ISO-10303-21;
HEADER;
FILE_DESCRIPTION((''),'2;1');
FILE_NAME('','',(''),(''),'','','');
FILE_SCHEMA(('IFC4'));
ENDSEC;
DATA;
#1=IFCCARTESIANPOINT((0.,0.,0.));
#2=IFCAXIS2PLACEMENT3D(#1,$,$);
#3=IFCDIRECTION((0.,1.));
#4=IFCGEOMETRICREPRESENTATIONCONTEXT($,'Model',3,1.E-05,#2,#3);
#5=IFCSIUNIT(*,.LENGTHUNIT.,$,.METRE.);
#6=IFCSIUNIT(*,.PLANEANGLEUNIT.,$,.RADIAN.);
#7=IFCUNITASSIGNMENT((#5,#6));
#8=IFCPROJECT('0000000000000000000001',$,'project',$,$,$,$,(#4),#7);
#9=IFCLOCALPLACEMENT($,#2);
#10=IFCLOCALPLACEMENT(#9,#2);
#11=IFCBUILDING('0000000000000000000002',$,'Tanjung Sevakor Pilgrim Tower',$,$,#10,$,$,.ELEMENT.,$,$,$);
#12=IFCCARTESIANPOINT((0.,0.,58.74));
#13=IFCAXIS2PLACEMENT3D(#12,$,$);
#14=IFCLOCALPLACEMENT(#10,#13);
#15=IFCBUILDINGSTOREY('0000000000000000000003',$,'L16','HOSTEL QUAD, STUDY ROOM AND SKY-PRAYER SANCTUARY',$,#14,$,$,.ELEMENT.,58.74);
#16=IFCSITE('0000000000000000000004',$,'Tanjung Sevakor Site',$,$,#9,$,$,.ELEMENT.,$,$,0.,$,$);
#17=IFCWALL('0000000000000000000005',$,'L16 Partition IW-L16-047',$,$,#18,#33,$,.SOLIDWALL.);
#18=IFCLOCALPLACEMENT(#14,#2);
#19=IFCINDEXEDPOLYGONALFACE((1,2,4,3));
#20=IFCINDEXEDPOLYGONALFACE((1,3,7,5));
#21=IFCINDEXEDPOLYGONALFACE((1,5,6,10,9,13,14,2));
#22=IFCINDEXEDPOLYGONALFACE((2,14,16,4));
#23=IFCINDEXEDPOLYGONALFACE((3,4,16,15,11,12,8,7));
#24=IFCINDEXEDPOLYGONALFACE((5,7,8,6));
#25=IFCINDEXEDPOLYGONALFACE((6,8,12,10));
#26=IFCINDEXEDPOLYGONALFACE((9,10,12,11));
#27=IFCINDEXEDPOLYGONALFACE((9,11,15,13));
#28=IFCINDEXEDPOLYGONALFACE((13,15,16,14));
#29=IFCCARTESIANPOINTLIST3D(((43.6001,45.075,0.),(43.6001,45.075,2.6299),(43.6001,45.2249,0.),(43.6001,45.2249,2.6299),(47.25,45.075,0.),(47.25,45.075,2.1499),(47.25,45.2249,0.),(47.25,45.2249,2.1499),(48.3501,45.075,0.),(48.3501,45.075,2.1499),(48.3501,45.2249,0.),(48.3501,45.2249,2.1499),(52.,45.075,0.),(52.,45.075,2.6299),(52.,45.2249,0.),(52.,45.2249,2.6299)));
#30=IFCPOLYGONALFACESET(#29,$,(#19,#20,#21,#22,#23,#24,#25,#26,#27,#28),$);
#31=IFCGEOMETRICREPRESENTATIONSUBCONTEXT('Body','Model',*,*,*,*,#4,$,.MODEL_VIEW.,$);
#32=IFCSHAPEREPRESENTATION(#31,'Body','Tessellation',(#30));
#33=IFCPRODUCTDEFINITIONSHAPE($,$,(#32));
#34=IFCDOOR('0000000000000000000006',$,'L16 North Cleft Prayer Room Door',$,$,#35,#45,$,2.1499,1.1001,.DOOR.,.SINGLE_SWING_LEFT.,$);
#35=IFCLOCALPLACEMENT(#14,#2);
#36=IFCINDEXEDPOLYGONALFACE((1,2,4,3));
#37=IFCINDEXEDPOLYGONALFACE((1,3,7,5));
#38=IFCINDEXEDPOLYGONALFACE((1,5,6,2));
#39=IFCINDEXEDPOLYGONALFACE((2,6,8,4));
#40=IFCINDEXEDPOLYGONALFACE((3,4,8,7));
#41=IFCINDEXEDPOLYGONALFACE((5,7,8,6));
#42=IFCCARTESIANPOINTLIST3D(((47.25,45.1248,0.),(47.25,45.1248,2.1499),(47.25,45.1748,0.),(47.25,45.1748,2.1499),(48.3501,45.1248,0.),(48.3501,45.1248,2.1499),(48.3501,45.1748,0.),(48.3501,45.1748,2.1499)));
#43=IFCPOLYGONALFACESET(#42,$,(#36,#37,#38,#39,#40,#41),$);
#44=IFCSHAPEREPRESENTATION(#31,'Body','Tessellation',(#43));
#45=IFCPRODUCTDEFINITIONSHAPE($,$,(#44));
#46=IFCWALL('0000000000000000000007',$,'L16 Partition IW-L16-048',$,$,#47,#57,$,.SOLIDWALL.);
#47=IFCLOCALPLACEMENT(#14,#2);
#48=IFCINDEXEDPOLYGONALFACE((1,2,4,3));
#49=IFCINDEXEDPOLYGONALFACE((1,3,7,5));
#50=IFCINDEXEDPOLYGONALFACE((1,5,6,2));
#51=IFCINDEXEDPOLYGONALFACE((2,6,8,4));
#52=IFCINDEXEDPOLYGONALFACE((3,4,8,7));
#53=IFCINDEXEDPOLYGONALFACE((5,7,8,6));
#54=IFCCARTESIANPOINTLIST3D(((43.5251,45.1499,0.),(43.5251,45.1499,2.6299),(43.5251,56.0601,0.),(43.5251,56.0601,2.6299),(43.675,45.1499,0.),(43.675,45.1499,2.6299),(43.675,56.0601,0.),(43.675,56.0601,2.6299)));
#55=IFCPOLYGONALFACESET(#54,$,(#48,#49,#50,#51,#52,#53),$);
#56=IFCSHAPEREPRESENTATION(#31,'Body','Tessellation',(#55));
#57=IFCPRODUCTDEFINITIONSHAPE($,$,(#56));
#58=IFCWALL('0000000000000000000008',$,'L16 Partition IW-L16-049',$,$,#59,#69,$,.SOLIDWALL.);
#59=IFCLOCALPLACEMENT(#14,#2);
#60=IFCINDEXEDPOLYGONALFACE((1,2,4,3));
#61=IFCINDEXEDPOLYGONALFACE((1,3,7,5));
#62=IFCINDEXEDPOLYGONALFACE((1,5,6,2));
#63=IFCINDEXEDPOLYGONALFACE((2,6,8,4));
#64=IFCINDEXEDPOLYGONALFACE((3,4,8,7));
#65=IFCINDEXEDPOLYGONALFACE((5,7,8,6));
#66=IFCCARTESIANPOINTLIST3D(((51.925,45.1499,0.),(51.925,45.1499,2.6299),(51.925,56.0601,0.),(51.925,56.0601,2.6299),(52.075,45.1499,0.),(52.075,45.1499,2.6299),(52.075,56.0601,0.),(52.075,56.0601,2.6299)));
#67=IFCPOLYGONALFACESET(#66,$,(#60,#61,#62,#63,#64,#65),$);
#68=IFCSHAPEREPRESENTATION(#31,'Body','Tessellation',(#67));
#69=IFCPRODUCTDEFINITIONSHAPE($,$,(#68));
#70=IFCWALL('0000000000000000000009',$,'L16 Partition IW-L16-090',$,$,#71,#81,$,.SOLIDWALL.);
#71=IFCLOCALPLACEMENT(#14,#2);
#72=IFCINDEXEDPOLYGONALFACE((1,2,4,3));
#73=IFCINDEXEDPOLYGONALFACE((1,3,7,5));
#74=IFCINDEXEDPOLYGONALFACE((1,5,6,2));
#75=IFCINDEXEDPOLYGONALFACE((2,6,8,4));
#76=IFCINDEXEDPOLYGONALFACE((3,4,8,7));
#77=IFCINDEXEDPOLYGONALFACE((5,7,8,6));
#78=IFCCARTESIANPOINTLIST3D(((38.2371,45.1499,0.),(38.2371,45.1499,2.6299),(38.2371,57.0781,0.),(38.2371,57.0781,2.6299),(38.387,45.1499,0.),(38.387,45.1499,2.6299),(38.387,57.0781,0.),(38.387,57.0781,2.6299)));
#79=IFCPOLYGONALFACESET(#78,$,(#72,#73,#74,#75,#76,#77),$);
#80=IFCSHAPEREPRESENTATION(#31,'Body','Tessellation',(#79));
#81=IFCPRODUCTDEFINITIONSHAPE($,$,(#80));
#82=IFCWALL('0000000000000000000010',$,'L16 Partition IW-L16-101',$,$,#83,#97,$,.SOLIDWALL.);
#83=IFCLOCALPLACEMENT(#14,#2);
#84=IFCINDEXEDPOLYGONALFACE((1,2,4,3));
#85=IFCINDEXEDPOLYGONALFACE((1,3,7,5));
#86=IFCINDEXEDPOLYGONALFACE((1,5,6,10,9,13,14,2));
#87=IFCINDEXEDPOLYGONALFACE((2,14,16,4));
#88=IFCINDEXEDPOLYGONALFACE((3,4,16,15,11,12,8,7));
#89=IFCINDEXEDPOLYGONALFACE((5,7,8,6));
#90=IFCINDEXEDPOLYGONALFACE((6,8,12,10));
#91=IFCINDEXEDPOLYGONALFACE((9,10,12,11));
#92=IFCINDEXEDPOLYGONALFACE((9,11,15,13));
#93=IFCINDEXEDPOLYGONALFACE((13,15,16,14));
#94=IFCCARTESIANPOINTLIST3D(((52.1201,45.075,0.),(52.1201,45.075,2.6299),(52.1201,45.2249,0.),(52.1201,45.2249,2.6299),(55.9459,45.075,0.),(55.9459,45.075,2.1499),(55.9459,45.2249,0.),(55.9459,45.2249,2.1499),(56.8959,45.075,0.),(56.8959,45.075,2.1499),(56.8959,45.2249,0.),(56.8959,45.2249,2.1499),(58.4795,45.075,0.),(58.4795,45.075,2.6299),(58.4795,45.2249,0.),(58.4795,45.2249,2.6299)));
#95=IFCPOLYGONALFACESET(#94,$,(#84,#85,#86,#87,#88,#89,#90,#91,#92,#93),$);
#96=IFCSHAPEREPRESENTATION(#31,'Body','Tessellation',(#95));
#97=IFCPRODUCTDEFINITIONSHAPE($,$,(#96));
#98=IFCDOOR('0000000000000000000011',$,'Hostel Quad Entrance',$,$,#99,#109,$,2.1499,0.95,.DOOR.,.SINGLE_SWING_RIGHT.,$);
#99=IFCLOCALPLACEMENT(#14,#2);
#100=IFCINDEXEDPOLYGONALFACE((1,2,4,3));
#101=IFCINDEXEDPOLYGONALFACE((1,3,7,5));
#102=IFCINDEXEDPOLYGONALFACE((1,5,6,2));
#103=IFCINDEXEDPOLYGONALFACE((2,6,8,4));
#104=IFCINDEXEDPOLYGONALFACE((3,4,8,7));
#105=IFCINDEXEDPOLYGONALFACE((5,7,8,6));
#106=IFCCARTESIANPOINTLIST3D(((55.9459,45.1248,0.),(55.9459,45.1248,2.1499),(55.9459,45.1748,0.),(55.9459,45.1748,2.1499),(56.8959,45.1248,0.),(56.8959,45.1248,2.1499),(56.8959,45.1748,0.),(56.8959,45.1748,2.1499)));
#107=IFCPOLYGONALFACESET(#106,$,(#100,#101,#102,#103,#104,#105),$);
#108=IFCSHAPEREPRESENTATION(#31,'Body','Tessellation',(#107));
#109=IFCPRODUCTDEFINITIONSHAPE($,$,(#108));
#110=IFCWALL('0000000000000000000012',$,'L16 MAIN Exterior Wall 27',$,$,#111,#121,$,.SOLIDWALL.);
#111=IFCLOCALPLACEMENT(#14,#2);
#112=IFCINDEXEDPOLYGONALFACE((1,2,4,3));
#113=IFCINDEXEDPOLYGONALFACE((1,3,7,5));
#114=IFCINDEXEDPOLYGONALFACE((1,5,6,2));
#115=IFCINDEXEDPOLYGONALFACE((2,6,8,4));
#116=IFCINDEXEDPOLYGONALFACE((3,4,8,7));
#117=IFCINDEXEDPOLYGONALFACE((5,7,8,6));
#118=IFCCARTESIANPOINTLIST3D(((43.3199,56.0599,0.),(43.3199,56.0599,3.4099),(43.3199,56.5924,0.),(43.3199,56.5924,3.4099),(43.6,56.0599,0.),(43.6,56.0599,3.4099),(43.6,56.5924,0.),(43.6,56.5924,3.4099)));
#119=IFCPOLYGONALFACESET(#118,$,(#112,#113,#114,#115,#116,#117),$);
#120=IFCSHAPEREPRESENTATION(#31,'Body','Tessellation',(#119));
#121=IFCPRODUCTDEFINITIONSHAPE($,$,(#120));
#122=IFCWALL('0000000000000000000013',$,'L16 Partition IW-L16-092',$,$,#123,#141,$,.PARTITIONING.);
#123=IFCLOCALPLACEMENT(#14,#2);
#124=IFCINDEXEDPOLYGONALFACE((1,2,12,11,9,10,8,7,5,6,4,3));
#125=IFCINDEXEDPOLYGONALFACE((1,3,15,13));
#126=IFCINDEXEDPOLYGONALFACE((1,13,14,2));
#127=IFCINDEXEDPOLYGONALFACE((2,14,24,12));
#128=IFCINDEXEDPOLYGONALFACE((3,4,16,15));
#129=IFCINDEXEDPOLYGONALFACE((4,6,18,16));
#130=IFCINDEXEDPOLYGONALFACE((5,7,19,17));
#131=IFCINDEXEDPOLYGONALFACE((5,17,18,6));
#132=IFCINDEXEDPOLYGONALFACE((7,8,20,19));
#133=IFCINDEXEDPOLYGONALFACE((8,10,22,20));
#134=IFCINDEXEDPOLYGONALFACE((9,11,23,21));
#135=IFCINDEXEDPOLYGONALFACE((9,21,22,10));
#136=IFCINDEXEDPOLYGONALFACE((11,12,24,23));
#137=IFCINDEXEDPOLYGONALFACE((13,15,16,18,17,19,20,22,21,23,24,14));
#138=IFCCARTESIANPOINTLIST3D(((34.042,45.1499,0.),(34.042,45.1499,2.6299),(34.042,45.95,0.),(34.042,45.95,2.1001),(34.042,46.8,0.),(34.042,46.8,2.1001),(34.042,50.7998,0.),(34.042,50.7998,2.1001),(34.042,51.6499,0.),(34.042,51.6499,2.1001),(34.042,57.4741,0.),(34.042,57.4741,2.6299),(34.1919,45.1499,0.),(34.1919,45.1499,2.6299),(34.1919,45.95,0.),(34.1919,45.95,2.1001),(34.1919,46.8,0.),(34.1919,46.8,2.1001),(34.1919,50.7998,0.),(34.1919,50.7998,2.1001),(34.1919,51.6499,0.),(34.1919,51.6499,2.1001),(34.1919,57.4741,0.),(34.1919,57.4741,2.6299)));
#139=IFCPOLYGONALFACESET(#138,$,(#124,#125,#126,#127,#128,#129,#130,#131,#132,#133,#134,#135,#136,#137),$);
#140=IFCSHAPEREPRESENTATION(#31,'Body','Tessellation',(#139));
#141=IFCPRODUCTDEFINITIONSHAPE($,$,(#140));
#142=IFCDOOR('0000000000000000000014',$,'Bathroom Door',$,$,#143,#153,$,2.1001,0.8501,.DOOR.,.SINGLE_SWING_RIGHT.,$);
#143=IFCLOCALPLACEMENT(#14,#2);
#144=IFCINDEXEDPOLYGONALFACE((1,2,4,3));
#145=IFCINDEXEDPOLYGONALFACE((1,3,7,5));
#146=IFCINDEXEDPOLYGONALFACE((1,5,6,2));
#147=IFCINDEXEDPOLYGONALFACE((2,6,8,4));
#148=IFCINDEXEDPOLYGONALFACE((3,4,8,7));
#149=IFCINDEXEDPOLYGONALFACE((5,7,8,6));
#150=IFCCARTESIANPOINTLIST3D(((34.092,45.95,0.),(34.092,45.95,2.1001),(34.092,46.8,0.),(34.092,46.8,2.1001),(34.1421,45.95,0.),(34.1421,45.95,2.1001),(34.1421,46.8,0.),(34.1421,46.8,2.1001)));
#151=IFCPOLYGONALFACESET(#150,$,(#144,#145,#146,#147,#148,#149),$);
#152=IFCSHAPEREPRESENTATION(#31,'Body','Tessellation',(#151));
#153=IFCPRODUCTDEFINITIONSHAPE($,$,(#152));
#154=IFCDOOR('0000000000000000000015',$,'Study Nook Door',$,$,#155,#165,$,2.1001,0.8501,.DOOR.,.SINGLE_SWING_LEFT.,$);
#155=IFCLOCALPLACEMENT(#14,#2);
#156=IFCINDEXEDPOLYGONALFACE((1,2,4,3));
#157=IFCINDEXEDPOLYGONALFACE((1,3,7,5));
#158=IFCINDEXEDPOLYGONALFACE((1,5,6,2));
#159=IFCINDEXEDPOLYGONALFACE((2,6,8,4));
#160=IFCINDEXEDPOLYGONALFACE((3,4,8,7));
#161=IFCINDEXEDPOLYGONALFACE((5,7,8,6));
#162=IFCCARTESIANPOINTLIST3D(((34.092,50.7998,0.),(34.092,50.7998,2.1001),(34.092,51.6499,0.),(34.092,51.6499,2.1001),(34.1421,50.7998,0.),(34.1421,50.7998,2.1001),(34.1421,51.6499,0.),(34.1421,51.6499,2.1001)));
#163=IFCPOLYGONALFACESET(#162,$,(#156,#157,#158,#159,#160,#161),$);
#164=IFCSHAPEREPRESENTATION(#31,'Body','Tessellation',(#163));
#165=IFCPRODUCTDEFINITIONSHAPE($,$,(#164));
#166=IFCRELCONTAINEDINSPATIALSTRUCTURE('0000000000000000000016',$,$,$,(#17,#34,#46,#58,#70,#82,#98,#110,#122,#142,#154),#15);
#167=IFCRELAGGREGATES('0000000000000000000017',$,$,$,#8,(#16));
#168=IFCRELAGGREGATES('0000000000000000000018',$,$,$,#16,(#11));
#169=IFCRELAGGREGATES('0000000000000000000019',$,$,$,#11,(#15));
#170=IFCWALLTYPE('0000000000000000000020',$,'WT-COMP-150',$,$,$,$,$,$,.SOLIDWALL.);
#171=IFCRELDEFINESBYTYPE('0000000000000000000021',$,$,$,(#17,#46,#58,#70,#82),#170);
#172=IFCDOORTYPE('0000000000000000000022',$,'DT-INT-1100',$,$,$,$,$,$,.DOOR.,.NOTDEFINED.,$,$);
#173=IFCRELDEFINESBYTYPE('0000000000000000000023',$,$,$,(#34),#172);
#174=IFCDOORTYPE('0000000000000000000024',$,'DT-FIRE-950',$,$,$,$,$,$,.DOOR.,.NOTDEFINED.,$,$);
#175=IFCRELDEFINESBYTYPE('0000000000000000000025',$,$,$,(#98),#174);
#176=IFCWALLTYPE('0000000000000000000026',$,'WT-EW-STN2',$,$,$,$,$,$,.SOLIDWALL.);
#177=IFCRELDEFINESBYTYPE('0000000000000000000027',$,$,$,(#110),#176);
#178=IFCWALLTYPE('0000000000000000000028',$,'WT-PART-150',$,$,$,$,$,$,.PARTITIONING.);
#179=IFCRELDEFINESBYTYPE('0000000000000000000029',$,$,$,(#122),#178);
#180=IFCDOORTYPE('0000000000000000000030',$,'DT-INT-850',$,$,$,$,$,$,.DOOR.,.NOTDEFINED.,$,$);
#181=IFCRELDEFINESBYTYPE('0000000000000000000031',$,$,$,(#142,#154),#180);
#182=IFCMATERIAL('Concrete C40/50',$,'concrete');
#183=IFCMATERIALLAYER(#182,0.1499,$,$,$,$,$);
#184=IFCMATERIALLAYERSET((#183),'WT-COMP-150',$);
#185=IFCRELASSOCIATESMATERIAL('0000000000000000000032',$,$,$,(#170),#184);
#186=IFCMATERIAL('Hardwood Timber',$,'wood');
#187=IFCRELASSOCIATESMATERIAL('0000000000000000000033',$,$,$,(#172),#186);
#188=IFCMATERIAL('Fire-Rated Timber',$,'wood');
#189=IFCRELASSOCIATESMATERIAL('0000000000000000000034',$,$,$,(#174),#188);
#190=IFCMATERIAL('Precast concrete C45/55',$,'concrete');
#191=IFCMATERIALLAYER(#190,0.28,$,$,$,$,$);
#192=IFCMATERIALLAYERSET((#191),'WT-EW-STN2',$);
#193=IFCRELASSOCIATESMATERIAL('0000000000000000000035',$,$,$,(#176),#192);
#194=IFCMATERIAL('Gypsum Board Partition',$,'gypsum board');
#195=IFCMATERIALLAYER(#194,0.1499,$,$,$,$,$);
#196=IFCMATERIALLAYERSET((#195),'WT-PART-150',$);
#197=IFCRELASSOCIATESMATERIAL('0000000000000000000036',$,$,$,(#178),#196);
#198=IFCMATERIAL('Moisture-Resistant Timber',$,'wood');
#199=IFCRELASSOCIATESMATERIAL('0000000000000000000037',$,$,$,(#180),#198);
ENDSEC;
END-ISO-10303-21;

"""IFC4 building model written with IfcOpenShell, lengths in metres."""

from ifc_helpers import new_model, si_unit, direction, frame, frame_2d, origin, place, context, subcontext, project, spatial, rectangle, extrude, material, layer, layer_set, type_object, element, fill, save


model = new_model("IFC4")

# Units and contexts
model_context = context("Model", 3, precision=1e-05, world=origin(), true_north=direction((0.0, 1.0)))
body_context = subcontext(model_context, "Body", "Model", "MODEL_VIEW")
ifc_project = project(units=[si_unit("LENGTHUNIT", "METRE"), si_unit("PLANEANGLEUNIT", "RADIAN")], contexts=[model_context])

# Site, building, storey
site_placement = place(None, origin())
site = spatial("IfcSite", under=ifc_project, at=site_placement, Name="Tanjung Sevakor Site", CompositionType="ELEMENT", RefElevation=0.0)
building_placement = place(site_placement, origin())
building = spatial("IfcBuilding", under=site, at=building_placement, Name="Tanjung Sevakor Pilgrim Tower", CompositionType="ELEMENT")
storey_placement = place(building_placement, frame((0.0, 0.0, 58.74)))
storey = spatial("IfcBuildingStorey", under=building, at=storey_placement, Name="L16", Description="HOSTEL QUAD, STUDY ROOM AND SKY-PRAYER SANCTUARY", CompositionType="ELEMENT", Elevation=58.74)

# Shared definitions
ifc_material_1 = material(Name="Concrete C40/50", Category="concrete")
ifc_layer_1 = layer(ifc_material_1, 0.1499)
ifc_layer_set_1 = layer_set([ifc_layer_1], Name="WT-COMP-150")
wall_type_1 = type_object("IfcWallType", Name="WT-COMP-150", PredefinedType="SOLIDWALL", material=ifc_layer_set_1)

# Wall, opening, door
wall_1_placement = place(storey_placement, frame((43.6001, 45.1499, 0.0), z_axis=(0.0, 0.0, 1.0), x_axis=(1.0, 0.0, 0.0)))
wall_1 = element("IfcWall", 1, at=wall_1_placement, inside=storey, type_object=wall_type_1, Name="L16 Partition IW-L16-047", PredefinedType="SOLIDWALL", context=body_context, shape_type="SweptSolid", body=[
    extrude(rectangle(XDim=8.3999, YDim=0.1499, at=frame_2d((4.2, 0.0))), origin(), (0.0, 0.0, 1.0), 2.6299),
])
opening_1_placement = place(wall_1_placement, frame((3.6499, 0.0, 0.0)))
opening_1 = element("IfcOpeningElement", 2, at=opening_1_placement, cuts=wall_1, PredefinedType="OPENING", context=body_context, shape_type="SweptSolid", body=[
    extrude(rectangle(XDim=1.1001, YDim=2.1499, at=frame_2d((0.55, 1.075))), frame((0.0, 0.085, 0.0), z_axis=(0.0, -1.0, 0.0), x_axis=(1.0, 0.0, 0.0)), (0.0, 0.0, 1.0), 0.1699),
])
ifc_material_2 = material(Name="Hardwood Timber", Category="wood")
door_type_1 = type_object("IfcDoorType", Name="DT-INT-1100", OperationType="NOTDEFINED", PredefinedType="DOOR", material=ifc_material_2)
door_1_placement = place(opening_1_placement, origin())
door_1 = element("IfcDoor", 3, at=door_1_placement, inside=storey, type_object=door_type_1, Name="L16 North Cleft Prayer Room Door", OperationType="SINGLE_SWING_LEFT", OverallHeight=2.1499, OverallWidth=1.1001, PredefinedType="DOOR", context=body_context, shape_type="SweptSolid", body=[
    extrude(rectangle(XDim=1.1001, YDim=2.1499, at=frame_2d((0.55, 1.075))), frame((0.0, 0.0249, 0.0), z_axis=(0.0, -1.0, 0.0), x_axis=(1.0, 0.0, 0.0)), (0.0, 0.0, 1.0), 0.05),
])
fill(opening_1, door_1)

# Walls
for number, where, z_axis, x_axis, name in (
    (4, (43.6001, 45.1499, 0.0), (0.0, 0.0, 1.0), (0.0, 1.0, 0.0), "L16 Partition IW-L16-048"),
    (5, (52.0, 45.1499, 0.0), (0.0, 0.0, 1.0), (0.0, 1.0, 0.0), "L16 Partition IW-L16-049"),
):
    element("IfcWall", number, at=place(storey_placement, frame(where, z_axis=z_axis, x_axis=x_axis)), inside=storey, type_object=wall_type_1, Name=name, PredefinedType="SOLIDWALL", context=body_context, shape_type="SweptSolid", body=[
        extrude(rectangle(XDim=10.9102, YDim=0.1499, at=frame_2d((5.4551, 0.0))), origin(), (0.0, 0.0, 1.0), 2.6299),
    ])
wall_2_placement = place(storey_placement, frame((38.312, 45.1499, 0.0), z_axis=(0.0, 0.0, 1.0), x_axis=(0.0, 1.0, 0.0)))
element("IfcWall", 6, at=wall_2_placement, inside=storey, type_object=wall_type_1, Name="L16 Partition IW-L16-090", PredefinedType="SOLIDWALL", context=body_context, shape_type="SweptSolid", body=[
    extrude(rectangle(XDim=11.9282, YDim=0.1499, at=frame_2d((5.9641, 0.0))), origin(), (0.0, 0.0, 1.0), 2.6299),
])

# Wall, opening, door
ifc_material_3 = material(Name="Fire-Rated Timber", Category="wood")
door_type_2 = type_object("IfcDoorType", Name="DT-FIRE-950", OperationType="NOTDEFINED", PredefinedType="DOOR", material=ifc_material_3)
wall_3_placement = place(storey_placement, frame((52.1201, 45.1499, 0.0), z_axis=(0.0, 0.0, 1.0), x_axis=(1.0, 0.0, 0.0)))
wall_3 = element("IfcWall", 7, at=wall_3_placement, inside=storey, type_object=wall_type_1, Name="L16 Partition IW-L16-101", PredefinedType="SOLIDWALL", context=body_context, shape_type="SweptSolid", body=[
    extrude(rectangle(XDim=6.3594, YDim=0.1499, at=frame_2d((3.1797, 0.0))), origin(), (0.0, 0.0, 1.0), 2.6299),
])
opening_2_placement = place(wall_3_placement, frame((3.8257, 0.0, 0.0)))
opening_2 = element("IfcOpeningElement", 8, at=opening_2_placement, cuts=wall_3, PredefinedType="OPENING", context=body_context, shape_type="SweptSolid", body=[
    extrude(rectangle(XDim=0.95, YDim=2.1499, at=frame_2d((0.4751, 1.075))), frame((0.0, 0.085, 0.0), z_axis=(0.0, -1.0, 0.0), x_axis=(1.0, 0.0, 0.0)), (0.0, 0.0, 1.0), 0.1699),
])
door_2_placement = place(opening_2_placement, origin())
door_2 = element("IfcDoor", 9, at=door_2_placement, inside=storey, type_object=door_type_2, Name="Hostel Quad Entrance", OperationType="SINGLE_SWING_RIGHT", OverallHeight=2.1499, OverallWidth=0.95, PredefinedType="DOOR", context=body_context, shape_type="SweptSolid", body=[
    extrude(rectangle(XDim=0.95, YDim=2.1499, at=frame_2d((0.4751, 1.075))), frame((0.0, 0.0249, 0.0), z_axis=(0.0, -1.0, 0.0), x_axis=(1.0, 0.0, 0.0)), (0.0, 0.0, 1.0), 0.05),
])
fill(opening_2, door_2)

# Wall
ifc_material_4 = material(Name="Precast concrete C45/55", Category="concrete")
ifc_layer_2 = layer(ifc_material_4, 0.28)
ifc_layer_set_2 = layer_set([ifc_layer_2], Name="WT-EW-STN2")
wall_type_2 = type_object("IfcWallType", Name="WT-EW-STN2", PredefinedType="SOLIDWALL", material=ifc_layer_set_2)
wall_4_placement = place(storey_placement, frame((43.46, 56.0601, 0.0), z_axis=(0.0, 0.0, 1.0), x_axis=(0.0, 1.0, 0.0)))
element("IfcWall", 10, at=wall_4_placement, inside=storey, type_object=wall_type_2, Name="L16 MAIN Exterior Wall 27", PredefinedType="SOLIDWALL", context=body_context, shape_type="SweptSolid", body=[
    extrude(rectangle(XDim=0.5325, YDim=0.28, at=frame_2d((0.2661, 0.0))), origin(), (0.0, 0.0, 1.0), 3.4099),
])

# Wall, openings, doors
ifc_material_5 = material(Name="Gypsum Board Partition", Category="gypsum board")
ifc_layer_3 = layer(ifc_material_5, 0.1499)
ifc_layer_set_3 = layer_set([ifc_layer_3], Name="WT-PART-150")
wall_type_3 = type_object("IfcWallType", Name="WT-PART-150", PredefinedType="PARTITIONING", material=ifc_layer_set_3)
wall_5_placement = place(storey_placement, frame((34.1169, 45.1499, 0.0), z_axis=(0.0, 0.0, 1.0), x_axis=(0.0, 1.0, 0.0)))
wall_5 = element("IfcWall", 11, at=wall_5_placement, inside=storey, type_object=wall_type_3, Name="L16 Partition IW-L16-092", PredefinedType="PARTITIONING", context=body_context, shape_type="SweptSolid", body=[
    extrude(rectangle(XDim=12.3242, YDim=0.1499, at=frame_2d((6.1621, 0.0))), origin(), (0.0, 0.0, 1.0), 2.6299),
])
opening_3_placement = place(wall_5_placement, frame((0.8, 0.0, 0.0)))
opening_3 = element("IfcOpeningElement", 12, at=opening_3_placement, cuts=wall_5, PredefinedType="OPENING", context=body_context, shape_type="SweptSolid", body=[
    extrude(rectangle(XDim=0.8501, YDim=2.1001, at=frame_2d((0.425, 1.05))), frame((0.0, 0.085, 0.0), z_axis=(0.0, -1.0, 0.0), x_axis=(1.0, 0.0, 0.0)), (0.0, 0.0, 1.0), 0.1699),
])
opening_4_placement = place(wall_5_placement, frame((5.6499, 0.0, 0.0)))
opening_4 = element("IfcOpeningElement", 13, at=opening_4_placement, cuts=wall_5, PredefinedType="OPENING", context=body_context, shape_type="SweptSolid", body=[
    extrude(rectangle(XDim=0.8501, YDim=2.1001, at=frame_2d((0.425, 1.05))), frame((0.0, 0.085, 0.0), z_axis=(0.0, -1.0, 0.0), x_axis=(1.0, 0.0, 0.0)), (0.0, 0.0, 1.0), 0.1699),
])
ifc_material_6 = material(Name="Moisture-Resistant Timber", Category="wood")
door_type_3 = type_object("IfcDoorType", Name="DT-INT-850", OperationType="NOTDEFINED", PredefinedType="DOOR", material=ifc_material_6)
door_3_placement = place(opening_3_placement, origin())
door_3 = element("IfcDoor", 14, at=door_3_placement, inside=storey, type_object=door_type_3, Name="Bathroom Door", OperationType="SINGLE_SWING_RIGHT", OverallHeight=2.1001, OverallWidth=0.8501, PredefinedType="DOOR", context=body_context, shape_type="SweptSolid", body=[
    extrude(rectangle(XDim=0.8501, YDim=2.1001, at=frame_2d((0.425, 1.05))), frame((0.0, 0.0249, 0.0), z_axis=(0.0, -1.0, 0.0), x_axis=(1.0, 0.0, 0.0)), (0.0, 0.0, 1.0), 0.05),
])
fill(opening_3, door_3)
door_4_placement = place(opening_4_placement, origin())
door_4 = element("IfcDoor", 15, at=door_4_placement, inside=storey, type_object=door_type_3, Name="Study Nook Door", OperationType="SINGLE_SWING_LEFT", OverallHeight=2.1001, OverallWidth=0.8501, PredefinedType="DOOR", context=body_context, shape_type="SweptSolid", body=[
    extrude(rectangle(XDim=0.8501, YDim=2.1001, at=frame_2d((0.425, 1.05))), frame((0.0, 0.0249, 0.0), z_axis=(0.0, -1.0, 0.0), x_axis=(1.0, 0.0, 0.0)), (0.0, 0.0, 1.0), 0.05),
])
fill(opening_4, door_4)

save(model, "model.ifc")
